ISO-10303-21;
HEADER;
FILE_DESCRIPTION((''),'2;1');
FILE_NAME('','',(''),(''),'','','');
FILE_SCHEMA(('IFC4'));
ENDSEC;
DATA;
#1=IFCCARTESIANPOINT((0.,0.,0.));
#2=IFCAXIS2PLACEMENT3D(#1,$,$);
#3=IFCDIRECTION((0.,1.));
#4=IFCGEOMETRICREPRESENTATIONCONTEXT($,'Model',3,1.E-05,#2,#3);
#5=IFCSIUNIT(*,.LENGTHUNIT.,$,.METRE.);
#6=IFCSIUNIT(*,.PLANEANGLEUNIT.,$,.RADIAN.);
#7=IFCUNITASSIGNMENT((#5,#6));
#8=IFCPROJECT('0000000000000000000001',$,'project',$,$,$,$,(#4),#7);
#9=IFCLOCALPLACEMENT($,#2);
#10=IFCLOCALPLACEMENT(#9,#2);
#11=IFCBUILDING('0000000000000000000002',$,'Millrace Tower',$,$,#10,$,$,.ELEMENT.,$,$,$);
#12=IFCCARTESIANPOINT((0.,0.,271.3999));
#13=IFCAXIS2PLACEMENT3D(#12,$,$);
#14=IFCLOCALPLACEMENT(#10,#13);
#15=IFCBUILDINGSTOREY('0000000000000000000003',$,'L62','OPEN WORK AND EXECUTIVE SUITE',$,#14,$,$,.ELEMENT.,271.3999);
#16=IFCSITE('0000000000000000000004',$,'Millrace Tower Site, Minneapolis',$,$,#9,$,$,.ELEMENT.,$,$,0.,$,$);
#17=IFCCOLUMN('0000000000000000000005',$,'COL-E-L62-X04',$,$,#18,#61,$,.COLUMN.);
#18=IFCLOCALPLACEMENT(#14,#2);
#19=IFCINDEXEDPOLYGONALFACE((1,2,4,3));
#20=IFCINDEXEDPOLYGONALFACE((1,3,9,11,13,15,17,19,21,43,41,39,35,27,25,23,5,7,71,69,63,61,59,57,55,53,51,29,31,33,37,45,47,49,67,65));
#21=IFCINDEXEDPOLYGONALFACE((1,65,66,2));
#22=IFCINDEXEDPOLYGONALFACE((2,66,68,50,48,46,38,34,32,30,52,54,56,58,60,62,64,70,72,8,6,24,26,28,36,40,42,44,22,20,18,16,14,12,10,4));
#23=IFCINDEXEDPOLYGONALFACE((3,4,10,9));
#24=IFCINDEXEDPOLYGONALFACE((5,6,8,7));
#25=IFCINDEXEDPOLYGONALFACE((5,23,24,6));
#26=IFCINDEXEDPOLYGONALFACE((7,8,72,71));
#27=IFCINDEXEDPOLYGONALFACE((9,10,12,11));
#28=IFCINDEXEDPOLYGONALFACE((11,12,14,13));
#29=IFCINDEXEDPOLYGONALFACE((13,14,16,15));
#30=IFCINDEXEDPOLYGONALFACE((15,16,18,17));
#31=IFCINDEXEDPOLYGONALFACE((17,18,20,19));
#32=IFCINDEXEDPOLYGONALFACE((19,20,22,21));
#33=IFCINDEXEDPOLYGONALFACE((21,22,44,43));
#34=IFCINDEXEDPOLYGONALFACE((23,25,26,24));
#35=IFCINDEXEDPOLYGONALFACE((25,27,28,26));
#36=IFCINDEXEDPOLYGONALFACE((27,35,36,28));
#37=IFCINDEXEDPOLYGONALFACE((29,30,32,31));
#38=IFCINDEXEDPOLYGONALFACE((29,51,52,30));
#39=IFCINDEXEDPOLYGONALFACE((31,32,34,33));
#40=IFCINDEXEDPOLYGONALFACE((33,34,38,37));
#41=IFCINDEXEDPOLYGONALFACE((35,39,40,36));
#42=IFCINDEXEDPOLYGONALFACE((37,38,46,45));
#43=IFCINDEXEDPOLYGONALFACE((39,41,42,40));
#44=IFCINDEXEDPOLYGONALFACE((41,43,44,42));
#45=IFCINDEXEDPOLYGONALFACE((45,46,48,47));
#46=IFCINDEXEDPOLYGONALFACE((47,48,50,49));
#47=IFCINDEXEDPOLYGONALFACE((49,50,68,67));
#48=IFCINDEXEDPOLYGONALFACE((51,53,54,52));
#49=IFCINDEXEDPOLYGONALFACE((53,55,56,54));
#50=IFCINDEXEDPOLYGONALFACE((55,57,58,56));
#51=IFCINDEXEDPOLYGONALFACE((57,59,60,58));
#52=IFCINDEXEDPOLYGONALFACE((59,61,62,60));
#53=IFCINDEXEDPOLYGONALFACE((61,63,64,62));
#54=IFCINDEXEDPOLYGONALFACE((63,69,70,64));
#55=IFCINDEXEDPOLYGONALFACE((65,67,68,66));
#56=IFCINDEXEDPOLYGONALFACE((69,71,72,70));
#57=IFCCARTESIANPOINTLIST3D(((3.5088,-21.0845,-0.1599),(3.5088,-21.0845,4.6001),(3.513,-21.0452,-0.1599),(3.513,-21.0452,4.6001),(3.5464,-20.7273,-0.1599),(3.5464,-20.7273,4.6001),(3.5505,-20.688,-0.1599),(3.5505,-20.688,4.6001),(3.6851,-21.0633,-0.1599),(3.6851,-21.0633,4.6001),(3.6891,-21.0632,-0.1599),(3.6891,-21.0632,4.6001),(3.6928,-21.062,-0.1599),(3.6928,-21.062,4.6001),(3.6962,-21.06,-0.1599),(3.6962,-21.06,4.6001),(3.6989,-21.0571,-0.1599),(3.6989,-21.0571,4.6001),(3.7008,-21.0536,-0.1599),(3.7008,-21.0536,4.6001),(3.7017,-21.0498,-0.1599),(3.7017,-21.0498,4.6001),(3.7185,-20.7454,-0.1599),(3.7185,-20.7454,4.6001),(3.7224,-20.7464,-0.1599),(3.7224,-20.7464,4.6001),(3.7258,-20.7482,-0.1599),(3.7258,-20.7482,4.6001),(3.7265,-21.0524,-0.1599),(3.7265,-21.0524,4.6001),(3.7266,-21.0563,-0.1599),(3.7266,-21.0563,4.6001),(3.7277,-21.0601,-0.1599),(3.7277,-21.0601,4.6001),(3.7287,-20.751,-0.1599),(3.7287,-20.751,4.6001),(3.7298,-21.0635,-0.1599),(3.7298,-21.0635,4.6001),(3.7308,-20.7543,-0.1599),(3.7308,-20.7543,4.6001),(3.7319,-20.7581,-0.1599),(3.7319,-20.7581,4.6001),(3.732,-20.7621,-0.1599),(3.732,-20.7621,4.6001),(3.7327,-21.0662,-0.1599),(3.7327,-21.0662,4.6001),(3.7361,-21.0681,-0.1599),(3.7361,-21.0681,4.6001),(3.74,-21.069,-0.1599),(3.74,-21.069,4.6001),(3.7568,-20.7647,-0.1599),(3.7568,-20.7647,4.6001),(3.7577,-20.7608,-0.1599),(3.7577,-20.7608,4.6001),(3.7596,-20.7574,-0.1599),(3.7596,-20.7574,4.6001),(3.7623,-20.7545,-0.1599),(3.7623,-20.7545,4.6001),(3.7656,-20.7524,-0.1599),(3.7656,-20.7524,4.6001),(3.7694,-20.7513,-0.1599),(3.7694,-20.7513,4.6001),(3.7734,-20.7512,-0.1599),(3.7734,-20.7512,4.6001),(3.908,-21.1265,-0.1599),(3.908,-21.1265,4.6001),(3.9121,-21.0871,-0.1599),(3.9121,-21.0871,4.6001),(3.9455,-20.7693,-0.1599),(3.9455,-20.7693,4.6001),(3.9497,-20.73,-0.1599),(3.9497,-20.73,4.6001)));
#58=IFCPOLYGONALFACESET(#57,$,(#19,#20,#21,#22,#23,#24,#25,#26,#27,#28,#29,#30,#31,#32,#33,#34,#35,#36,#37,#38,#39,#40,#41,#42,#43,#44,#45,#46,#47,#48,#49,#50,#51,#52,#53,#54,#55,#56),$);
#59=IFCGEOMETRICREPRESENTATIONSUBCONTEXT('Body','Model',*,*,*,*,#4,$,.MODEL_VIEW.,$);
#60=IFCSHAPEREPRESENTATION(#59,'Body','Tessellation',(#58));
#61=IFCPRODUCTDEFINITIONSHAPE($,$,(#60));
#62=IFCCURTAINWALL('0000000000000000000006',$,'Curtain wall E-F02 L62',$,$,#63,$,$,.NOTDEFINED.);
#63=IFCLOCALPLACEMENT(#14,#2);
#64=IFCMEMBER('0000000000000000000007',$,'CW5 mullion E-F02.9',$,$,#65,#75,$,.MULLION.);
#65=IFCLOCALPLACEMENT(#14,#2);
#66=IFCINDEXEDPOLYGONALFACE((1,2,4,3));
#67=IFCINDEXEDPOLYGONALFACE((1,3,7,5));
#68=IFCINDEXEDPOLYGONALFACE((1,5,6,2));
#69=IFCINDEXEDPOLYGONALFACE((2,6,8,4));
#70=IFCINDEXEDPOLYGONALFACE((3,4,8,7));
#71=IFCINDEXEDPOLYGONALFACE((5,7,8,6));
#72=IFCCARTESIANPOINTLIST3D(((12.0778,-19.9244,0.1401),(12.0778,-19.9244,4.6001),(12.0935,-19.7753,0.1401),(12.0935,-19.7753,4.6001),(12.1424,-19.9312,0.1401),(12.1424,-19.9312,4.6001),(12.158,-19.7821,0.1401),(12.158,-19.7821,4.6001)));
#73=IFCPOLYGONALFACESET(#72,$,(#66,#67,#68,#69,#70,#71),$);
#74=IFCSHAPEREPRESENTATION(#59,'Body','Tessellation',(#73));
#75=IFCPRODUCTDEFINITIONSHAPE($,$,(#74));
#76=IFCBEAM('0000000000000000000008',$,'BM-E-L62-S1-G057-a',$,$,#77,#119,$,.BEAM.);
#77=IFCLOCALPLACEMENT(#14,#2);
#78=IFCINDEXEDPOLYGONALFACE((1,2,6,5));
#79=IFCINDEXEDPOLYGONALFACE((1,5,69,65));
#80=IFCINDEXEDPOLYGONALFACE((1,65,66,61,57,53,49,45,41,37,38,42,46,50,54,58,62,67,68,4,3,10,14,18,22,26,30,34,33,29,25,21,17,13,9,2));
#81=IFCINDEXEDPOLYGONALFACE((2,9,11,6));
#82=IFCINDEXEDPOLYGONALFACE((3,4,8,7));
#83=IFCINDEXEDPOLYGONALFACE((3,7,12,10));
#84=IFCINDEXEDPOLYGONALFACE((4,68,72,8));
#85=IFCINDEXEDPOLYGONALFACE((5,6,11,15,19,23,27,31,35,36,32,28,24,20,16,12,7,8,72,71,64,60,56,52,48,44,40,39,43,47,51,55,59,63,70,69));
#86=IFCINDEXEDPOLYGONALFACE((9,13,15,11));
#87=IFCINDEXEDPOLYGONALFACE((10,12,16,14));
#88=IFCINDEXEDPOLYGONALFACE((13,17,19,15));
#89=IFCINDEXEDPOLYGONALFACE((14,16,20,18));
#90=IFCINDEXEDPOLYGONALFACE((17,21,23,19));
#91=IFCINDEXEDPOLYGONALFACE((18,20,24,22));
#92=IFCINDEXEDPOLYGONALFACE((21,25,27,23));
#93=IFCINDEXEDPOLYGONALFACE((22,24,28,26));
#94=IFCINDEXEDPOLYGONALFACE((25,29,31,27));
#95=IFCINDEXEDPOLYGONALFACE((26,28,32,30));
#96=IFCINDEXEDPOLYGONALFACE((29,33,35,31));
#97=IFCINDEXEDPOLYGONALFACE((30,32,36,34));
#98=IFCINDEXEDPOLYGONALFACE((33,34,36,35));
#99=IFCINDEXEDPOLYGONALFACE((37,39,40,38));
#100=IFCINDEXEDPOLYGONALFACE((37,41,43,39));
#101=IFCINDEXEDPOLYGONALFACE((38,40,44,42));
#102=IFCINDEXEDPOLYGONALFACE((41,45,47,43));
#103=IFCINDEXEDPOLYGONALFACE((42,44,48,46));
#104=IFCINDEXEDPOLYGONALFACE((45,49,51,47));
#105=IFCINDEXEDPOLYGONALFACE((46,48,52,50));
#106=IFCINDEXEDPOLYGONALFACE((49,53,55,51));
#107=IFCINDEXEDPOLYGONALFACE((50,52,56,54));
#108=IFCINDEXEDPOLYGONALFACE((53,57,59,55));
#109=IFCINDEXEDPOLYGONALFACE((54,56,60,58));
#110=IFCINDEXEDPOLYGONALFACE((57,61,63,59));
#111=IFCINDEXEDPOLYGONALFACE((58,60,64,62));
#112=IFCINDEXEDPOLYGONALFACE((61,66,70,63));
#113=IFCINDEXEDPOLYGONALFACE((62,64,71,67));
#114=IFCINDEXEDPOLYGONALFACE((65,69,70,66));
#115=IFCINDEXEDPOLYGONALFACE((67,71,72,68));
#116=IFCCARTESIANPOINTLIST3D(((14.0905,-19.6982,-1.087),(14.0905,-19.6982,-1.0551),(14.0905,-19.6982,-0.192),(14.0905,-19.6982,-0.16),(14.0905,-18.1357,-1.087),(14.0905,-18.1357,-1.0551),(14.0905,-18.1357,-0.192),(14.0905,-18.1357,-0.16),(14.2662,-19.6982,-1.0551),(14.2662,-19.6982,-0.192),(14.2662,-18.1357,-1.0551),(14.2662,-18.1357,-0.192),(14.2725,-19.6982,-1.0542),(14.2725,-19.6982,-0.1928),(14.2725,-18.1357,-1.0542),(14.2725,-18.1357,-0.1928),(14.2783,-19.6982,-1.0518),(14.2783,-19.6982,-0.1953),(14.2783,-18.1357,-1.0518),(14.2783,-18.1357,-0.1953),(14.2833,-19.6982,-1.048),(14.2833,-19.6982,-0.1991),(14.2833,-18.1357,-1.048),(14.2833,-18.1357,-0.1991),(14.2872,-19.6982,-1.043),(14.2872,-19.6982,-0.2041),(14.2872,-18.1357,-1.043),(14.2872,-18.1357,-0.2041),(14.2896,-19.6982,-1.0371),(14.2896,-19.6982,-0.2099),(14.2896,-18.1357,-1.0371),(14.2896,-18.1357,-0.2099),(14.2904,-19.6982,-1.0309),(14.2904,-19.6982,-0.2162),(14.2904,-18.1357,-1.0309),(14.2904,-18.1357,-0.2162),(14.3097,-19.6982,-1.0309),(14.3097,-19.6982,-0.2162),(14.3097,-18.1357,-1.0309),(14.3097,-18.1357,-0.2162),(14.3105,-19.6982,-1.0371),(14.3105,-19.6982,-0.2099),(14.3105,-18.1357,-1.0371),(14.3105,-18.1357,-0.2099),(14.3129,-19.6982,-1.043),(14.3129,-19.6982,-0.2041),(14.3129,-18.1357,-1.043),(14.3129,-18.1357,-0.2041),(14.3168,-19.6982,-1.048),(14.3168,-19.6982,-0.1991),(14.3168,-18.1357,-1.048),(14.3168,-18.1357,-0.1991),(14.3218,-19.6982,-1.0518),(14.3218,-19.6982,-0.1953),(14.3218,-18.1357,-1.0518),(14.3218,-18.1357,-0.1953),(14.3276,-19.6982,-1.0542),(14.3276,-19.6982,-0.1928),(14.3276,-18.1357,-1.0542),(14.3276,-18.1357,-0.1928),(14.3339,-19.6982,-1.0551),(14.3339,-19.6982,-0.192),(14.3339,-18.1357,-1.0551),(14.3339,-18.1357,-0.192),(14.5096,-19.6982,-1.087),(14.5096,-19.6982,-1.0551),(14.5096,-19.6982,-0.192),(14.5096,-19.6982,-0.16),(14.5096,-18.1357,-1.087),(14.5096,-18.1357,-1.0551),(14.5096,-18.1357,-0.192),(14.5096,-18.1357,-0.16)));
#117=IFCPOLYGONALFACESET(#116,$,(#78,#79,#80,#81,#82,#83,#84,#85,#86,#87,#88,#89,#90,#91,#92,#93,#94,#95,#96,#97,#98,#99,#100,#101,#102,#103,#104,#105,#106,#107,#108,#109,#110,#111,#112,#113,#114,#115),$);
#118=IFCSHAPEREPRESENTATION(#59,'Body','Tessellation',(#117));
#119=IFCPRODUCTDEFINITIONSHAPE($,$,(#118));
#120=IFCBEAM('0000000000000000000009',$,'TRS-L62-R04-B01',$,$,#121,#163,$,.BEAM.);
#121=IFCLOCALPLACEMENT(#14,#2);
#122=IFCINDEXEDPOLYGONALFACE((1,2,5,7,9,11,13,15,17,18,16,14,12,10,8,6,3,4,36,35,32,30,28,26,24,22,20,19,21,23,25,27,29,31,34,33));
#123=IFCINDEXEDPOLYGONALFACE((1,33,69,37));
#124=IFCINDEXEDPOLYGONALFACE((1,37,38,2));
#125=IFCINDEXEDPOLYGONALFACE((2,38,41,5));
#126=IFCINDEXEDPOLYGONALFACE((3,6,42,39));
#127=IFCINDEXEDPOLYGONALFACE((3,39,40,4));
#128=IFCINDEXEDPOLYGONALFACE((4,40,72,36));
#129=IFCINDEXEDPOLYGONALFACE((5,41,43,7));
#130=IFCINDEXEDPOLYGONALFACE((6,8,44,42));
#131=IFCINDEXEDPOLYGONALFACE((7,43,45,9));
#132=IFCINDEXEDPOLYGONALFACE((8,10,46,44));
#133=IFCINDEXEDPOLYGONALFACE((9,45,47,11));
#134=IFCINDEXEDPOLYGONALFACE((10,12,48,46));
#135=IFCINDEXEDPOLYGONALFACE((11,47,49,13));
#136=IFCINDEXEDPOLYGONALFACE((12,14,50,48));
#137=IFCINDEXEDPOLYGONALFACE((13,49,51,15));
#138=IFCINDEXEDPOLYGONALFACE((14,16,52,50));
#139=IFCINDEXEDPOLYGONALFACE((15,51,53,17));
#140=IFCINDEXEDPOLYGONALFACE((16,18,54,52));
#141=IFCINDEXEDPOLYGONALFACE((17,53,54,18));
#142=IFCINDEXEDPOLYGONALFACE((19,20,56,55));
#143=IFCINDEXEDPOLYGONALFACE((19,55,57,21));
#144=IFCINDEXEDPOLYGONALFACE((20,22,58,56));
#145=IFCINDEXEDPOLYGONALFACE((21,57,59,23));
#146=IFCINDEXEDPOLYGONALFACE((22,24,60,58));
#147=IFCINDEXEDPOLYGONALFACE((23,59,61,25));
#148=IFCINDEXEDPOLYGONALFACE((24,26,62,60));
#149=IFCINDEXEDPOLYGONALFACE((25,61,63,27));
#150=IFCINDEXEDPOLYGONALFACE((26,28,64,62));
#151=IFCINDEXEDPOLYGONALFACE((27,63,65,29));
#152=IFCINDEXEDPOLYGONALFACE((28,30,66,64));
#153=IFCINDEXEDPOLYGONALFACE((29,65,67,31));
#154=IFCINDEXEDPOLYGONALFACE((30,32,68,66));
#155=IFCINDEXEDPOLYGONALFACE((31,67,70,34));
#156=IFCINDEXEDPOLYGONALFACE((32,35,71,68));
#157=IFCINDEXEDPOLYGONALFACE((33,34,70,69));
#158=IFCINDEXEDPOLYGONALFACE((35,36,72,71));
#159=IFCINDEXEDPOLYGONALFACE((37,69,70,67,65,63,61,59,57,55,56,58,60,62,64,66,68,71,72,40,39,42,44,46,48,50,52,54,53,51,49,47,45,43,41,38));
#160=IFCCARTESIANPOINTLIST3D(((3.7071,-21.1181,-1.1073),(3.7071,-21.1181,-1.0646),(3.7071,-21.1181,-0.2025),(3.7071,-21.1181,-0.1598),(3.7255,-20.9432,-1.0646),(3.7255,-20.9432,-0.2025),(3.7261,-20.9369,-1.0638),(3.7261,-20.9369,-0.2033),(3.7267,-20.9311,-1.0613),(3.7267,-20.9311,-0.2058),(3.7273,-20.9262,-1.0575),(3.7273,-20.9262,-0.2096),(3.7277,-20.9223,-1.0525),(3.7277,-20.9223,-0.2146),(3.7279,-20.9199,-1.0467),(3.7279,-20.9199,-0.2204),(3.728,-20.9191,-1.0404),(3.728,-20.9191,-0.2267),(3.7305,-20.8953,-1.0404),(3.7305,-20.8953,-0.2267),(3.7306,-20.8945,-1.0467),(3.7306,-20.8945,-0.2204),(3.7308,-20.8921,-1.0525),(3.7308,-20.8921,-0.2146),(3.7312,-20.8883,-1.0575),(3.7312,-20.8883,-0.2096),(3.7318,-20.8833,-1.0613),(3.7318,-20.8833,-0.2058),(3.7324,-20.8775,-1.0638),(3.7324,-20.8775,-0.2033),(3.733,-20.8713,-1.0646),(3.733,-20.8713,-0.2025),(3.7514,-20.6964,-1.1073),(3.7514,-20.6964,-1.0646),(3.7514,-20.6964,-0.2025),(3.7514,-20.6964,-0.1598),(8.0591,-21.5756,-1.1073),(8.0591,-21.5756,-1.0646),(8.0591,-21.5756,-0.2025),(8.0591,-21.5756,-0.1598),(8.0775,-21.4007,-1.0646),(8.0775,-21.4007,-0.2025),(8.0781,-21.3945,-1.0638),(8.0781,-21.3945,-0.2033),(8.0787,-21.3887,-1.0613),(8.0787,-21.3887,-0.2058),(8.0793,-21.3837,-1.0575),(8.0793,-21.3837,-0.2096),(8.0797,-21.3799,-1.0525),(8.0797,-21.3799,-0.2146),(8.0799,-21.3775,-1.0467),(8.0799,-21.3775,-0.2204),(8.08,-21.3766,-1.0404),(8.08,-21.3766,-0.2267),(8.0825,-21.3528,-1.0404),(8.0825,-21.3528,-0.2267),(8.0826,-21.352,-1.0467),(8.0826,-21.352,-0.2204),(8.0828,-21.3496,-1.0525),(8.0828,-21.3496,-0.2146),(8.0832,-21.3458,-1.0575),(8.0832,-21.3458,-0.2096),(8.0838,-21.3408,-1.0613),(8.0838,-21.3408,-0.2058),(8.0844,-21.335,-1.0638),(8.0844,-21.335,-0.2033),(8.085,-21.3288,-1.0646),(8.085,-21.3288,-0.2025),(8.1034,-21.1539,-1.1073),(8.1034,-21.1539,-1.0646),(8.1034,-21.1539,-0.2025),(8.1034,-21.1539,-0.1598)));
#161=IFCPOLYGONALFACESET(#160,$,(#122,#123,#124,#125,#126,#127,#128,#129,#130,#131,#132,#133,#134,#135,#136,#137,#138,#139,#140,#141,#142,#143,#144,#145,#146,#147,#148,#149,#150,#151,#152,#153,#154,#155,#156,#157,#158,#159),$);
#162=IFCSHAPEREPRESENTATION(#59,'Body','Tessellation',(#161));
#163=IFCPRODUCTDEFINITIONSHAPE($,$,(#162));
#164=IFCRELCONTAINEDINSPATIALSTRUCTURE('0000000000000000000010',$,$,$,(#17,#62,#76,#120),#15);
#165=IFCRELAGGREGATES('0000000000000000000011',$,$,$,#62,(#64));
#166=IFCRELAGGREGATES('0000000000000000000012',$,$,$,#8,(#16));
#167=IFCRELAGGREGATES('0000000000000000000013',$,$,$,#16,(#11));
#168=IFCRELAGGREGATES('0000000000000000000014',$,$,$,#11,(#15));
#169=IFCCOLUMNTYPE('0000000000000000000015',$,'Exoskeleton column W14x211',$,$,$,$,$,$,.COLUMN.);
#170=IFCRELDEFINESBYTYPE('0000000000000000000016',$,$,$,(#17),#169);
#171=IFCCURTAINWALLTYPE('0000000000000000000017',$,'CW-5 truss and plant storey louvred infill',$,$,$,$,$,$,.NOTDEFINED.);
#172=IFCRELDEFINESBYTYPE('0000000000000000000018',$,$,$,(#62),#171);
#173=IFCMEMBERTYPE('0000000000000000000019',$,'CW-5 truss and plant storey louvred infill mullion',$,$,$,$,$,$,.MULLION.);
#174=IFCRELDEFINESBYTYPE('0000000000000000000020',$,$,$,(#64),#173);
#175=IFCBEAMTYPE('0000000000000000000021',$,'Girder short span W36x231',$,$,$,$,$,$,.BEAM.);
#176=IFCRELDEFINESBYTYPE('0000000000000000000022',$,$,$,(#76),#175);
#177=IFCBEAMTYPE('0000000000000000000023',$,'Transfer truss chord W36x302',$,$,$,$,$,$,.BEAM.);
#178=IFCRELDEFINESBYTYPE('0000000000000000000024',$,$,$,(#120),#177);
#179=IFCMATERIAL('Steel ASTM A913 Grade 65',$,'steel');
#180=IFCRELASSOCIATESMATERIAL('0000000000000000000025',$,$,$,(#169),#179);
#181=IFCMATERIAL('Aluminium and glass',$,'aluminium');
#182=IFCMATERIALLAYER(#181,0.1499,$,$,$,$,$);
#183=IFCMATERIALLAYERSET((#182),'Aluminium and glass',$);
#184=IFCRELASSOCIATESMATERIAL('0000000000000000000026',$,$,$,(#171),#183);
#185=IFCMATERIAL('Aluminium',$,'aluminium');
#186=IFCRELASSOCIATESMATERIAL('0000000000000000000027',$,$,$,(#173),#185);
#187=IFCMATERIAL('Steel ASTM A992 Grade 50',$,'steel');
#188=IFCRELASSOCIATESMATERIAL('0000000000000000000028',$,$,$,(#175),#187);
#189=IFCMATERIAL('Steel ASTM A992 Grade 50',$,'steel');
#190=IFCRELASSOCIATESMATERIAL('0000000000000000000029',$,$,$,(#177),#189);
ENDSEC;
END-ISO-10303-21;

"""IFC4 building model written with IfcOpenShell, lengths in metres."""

from ifc_helpers import new_model, si_unit, direction, frame, origin, origin_2d, place, context, subcontext, project, spatial, rectangle, i_section, extrude, material, layer, layer_set, material_profile, profile_set, type_object, element, aggregate, save


model = new_model("IFC4")

# Units and contexts
model_context = context("Model", 3, precision=1e-05, world=origin(), true_north=direction((0.0, 1.0)))
body_context = subcontext(model_context, "Body", "Model", "MODEL_VIEW")
ifc_project = project(units=[si_unit("LENGTHUNIT", "METRE"), si_unit("PLANEANGLEUNIT", "RADIAN")], contexts=[model_context])

# Site, building, storey
site_placement = place(None, origin())
site = spatial("IfcSite", under=ifc_project, at=site_placement, Name="Millrace Tower Site, Minneapolis", CompositionType="ELEMENT", RefElevation=0.0)
building_placement = place(site_placement, origin())
building = spatial("IfcBuilding", under=site, at=building_placement, Name="Millrace Tower", CompositionType="ELEMENT")
storey_placement = place(building_placement, frame((0.0, 0.0, 271.3999)))
storey = spatial("IfcBuildingStorey", under=building, at=storey_placement, Name="L62", Description="OPEN WORK AND EXECUTIVE SUITE", CompositionType="ELEMENT", Elevation=271.3999)

# Column
ifc_material_1 = material(Name="Steel ASTM A913 Grade 65", Category="steel")
ifc_material_profile_1 = material_profile(ifc_material_1, i_section(OverallWidth=0.4014, OverallDepth=0.3987, WebThickness=0.0249, FlangeThickness=0.0396, FilletRadius=0.0151, at=origin_2d()))
ifc_profile_set_1 = profile_set([ifc_material_profile_1], Name="Steel ASTM A913 Grade 65")
column_type = type_object("IfcColumnType", Name="Exoskeleton column W14x211", PredefinedType="COLUMN", material=ifc_profile_set_1)
column_placement = place(storey_placement, frame((3.7292, -20.9072, -0.1599), z_axis=(0.0, 0.0, 1.0), x_axis=(0.994522, -0.104528, 0.0)))
element("IfcColumn", 1, at=column_placement, inside=storey, type_object=column_type, Name="COL-E-L62-X04", PredefinedType="COLUMN", context=body_context, shape_type="SweptSolid", body=[
    extrude(i_section(OverallWidth=0.4014, OverallDepth=0.3987, WebThickness=0.0249, FlangeThickness=0.0396, FilletRadius=0.0151, at=origin_2d()), origin(), (0.0, 0.0, 1.0), 4.76),
])

# Curtain wall, member
ifc_material_2 = material(Name="Aluminium and glass", Category="aluminium")
ifc_layer_1 = layer(ifc_material_2, 0.1499)
ifc_layer_set_1 = layer_set([ifc_layer_1], Name="Aluminium and glass")
curtain_wall_type = type_object("IfcCurtainWallType", Name="CW-5 truss and plant storey louvred infill", PredefinedType="NOTDEFINED", material=ifc_layer_set_1)
curtain_wall_placement = place(storey_placement, origin())
curtain_wall = element("IfcCurtainWall", 2, at=curtain_wall_placement, inside=storey, type_object=curtain_wall_type, Name="Curtain wall E-F02 L62", PredefinedType="NOTDEFINED")
ifc_material_3 = material(Name="Aluminium", Category="aluminium")
ifc_material_profile_2 = material_profile(ifc_material_3, rectangle(XDim=0.0649, YDim=0.1499, at=origin_2d()))
ifc_profile_set_2 = profile_set([ifc_material_profile_2], Name="Aluminium")
member_type_1 = type_object("IfcMemberType", Name="CW-5 truss and plant storey louvred infill mullion", PredefinedType="MULLION", material=ifc_profile_set_2)
member_1_placement = place(storey_placement, frame((12.1179, -19.8533, 0.1401), z_axis=(0.0, 0.0, 1.0), x_axis=(0.994522, -0.104528, 0.0)))
member_1 = element("IfcMember", 3, at=member_1_placement, type_object=member_type_1, Name="CW5 mullion E-F02.9", PredefinedType="MULLION", context=body_context, shape_type="SweptSolid", body=[
    extrude(rectangle(XDim=0.0649, YDim=0.1499, at=origin_2d()), origin(), (0.0, 0.0, 1.0), 4.46),
])
aggregate(curtain_wall, [member_1])

# Beams
ifc_material_4 = material(Name="Steel ASTM A992 Grade 50", Category="steel")
ifc_material_profile_3 = material_profile(ifc_material_4, i_section(OverallWidth=0.4192, OverallDepth=0.927, WebThickness=0.0193, FlangeThickness=0.032, FilletRadius=0.0242, at=origin_2d()))
ifc_profile_set_3 = profile_set([ifc_material_profile_3], Name="Steel ASTM A992 Grade 50")
beam_type_1 = type_object("IfcBeamType", Name="Girder short span W36x231", PredefinedType="BEAM", material=ifc_profile_set_3)
beam_placement = place(storey_placement, frame((14.3, -19.6982, -0.6235), z_axis=(0.0, 1.0, 0.0), x_axis=(-1.0, 0.0, 0.0)))
element("IfcBeam", 4, at=beam_placement, inside=storey, type_object=beam_type_1, Name="BM-E-L62-S1-G057-a", PredefinedType="BEAM", context=body_context, shape_type="SweptSolid", body=[
    extrude(i_section(OverallWidth=0.4192, OverallDepth=0.927, WebThickness=0.0193, FlangeThickness=0.032, FilletRadius=0.0242, at=origin_2d()), origin(), (0.0, 0.0, 1.0), 1.5625),
])
ifc_material_5 = material(Name="Steel ASTM A992 Grade 50", Category="steel")
ifc_material_profile_4 = material_profile(ifc_material_5, i_section(OverallWidth=0.4241, OverallDepth=0.9475, WebThickness=0.0239, FlangeThickness=0.0427, FilletRadius=0.0242, at=origin_2d()))
ifc_profile_set_4 = profile_set([ifc_material_profile_4], Name="Steel ASTM A992 Grade 50")
beam_type_2 = type_object("IfcBeamType", Name="Transfer truss chord W36x302", PredefinedType="BEAM", material=ifc_profile_set_4)
for number, where, z_axis, x_axis, name in (
    (5, (3.7292, -20.9072, -0.6335), (0.99452, -0.104551, 0.0), (0.104551, 0.99452, 0.0), "TRS-L62-R04-B01"),
):
    element("IfcBeam", number, at=place(storey_placement, frame(where, z_axis=z_axis, x_axis=x_axis)), inside=storey, type_object=beam_type_2, Name=name, PredefinedType="BEAM", context=body_context, shape_type="SweptSolid", body=[
        extrude(i_section(OverallWidth=0.4241, OverallDepth=0.9475, WebThickness=0.0239, FlangeThickness=0.0427, FilletRadius=0.0242, at=origin_2d()), origin(), (0.0, 0.0, 1.0), 4.376),
    ])

save(model, "model.ifc")
